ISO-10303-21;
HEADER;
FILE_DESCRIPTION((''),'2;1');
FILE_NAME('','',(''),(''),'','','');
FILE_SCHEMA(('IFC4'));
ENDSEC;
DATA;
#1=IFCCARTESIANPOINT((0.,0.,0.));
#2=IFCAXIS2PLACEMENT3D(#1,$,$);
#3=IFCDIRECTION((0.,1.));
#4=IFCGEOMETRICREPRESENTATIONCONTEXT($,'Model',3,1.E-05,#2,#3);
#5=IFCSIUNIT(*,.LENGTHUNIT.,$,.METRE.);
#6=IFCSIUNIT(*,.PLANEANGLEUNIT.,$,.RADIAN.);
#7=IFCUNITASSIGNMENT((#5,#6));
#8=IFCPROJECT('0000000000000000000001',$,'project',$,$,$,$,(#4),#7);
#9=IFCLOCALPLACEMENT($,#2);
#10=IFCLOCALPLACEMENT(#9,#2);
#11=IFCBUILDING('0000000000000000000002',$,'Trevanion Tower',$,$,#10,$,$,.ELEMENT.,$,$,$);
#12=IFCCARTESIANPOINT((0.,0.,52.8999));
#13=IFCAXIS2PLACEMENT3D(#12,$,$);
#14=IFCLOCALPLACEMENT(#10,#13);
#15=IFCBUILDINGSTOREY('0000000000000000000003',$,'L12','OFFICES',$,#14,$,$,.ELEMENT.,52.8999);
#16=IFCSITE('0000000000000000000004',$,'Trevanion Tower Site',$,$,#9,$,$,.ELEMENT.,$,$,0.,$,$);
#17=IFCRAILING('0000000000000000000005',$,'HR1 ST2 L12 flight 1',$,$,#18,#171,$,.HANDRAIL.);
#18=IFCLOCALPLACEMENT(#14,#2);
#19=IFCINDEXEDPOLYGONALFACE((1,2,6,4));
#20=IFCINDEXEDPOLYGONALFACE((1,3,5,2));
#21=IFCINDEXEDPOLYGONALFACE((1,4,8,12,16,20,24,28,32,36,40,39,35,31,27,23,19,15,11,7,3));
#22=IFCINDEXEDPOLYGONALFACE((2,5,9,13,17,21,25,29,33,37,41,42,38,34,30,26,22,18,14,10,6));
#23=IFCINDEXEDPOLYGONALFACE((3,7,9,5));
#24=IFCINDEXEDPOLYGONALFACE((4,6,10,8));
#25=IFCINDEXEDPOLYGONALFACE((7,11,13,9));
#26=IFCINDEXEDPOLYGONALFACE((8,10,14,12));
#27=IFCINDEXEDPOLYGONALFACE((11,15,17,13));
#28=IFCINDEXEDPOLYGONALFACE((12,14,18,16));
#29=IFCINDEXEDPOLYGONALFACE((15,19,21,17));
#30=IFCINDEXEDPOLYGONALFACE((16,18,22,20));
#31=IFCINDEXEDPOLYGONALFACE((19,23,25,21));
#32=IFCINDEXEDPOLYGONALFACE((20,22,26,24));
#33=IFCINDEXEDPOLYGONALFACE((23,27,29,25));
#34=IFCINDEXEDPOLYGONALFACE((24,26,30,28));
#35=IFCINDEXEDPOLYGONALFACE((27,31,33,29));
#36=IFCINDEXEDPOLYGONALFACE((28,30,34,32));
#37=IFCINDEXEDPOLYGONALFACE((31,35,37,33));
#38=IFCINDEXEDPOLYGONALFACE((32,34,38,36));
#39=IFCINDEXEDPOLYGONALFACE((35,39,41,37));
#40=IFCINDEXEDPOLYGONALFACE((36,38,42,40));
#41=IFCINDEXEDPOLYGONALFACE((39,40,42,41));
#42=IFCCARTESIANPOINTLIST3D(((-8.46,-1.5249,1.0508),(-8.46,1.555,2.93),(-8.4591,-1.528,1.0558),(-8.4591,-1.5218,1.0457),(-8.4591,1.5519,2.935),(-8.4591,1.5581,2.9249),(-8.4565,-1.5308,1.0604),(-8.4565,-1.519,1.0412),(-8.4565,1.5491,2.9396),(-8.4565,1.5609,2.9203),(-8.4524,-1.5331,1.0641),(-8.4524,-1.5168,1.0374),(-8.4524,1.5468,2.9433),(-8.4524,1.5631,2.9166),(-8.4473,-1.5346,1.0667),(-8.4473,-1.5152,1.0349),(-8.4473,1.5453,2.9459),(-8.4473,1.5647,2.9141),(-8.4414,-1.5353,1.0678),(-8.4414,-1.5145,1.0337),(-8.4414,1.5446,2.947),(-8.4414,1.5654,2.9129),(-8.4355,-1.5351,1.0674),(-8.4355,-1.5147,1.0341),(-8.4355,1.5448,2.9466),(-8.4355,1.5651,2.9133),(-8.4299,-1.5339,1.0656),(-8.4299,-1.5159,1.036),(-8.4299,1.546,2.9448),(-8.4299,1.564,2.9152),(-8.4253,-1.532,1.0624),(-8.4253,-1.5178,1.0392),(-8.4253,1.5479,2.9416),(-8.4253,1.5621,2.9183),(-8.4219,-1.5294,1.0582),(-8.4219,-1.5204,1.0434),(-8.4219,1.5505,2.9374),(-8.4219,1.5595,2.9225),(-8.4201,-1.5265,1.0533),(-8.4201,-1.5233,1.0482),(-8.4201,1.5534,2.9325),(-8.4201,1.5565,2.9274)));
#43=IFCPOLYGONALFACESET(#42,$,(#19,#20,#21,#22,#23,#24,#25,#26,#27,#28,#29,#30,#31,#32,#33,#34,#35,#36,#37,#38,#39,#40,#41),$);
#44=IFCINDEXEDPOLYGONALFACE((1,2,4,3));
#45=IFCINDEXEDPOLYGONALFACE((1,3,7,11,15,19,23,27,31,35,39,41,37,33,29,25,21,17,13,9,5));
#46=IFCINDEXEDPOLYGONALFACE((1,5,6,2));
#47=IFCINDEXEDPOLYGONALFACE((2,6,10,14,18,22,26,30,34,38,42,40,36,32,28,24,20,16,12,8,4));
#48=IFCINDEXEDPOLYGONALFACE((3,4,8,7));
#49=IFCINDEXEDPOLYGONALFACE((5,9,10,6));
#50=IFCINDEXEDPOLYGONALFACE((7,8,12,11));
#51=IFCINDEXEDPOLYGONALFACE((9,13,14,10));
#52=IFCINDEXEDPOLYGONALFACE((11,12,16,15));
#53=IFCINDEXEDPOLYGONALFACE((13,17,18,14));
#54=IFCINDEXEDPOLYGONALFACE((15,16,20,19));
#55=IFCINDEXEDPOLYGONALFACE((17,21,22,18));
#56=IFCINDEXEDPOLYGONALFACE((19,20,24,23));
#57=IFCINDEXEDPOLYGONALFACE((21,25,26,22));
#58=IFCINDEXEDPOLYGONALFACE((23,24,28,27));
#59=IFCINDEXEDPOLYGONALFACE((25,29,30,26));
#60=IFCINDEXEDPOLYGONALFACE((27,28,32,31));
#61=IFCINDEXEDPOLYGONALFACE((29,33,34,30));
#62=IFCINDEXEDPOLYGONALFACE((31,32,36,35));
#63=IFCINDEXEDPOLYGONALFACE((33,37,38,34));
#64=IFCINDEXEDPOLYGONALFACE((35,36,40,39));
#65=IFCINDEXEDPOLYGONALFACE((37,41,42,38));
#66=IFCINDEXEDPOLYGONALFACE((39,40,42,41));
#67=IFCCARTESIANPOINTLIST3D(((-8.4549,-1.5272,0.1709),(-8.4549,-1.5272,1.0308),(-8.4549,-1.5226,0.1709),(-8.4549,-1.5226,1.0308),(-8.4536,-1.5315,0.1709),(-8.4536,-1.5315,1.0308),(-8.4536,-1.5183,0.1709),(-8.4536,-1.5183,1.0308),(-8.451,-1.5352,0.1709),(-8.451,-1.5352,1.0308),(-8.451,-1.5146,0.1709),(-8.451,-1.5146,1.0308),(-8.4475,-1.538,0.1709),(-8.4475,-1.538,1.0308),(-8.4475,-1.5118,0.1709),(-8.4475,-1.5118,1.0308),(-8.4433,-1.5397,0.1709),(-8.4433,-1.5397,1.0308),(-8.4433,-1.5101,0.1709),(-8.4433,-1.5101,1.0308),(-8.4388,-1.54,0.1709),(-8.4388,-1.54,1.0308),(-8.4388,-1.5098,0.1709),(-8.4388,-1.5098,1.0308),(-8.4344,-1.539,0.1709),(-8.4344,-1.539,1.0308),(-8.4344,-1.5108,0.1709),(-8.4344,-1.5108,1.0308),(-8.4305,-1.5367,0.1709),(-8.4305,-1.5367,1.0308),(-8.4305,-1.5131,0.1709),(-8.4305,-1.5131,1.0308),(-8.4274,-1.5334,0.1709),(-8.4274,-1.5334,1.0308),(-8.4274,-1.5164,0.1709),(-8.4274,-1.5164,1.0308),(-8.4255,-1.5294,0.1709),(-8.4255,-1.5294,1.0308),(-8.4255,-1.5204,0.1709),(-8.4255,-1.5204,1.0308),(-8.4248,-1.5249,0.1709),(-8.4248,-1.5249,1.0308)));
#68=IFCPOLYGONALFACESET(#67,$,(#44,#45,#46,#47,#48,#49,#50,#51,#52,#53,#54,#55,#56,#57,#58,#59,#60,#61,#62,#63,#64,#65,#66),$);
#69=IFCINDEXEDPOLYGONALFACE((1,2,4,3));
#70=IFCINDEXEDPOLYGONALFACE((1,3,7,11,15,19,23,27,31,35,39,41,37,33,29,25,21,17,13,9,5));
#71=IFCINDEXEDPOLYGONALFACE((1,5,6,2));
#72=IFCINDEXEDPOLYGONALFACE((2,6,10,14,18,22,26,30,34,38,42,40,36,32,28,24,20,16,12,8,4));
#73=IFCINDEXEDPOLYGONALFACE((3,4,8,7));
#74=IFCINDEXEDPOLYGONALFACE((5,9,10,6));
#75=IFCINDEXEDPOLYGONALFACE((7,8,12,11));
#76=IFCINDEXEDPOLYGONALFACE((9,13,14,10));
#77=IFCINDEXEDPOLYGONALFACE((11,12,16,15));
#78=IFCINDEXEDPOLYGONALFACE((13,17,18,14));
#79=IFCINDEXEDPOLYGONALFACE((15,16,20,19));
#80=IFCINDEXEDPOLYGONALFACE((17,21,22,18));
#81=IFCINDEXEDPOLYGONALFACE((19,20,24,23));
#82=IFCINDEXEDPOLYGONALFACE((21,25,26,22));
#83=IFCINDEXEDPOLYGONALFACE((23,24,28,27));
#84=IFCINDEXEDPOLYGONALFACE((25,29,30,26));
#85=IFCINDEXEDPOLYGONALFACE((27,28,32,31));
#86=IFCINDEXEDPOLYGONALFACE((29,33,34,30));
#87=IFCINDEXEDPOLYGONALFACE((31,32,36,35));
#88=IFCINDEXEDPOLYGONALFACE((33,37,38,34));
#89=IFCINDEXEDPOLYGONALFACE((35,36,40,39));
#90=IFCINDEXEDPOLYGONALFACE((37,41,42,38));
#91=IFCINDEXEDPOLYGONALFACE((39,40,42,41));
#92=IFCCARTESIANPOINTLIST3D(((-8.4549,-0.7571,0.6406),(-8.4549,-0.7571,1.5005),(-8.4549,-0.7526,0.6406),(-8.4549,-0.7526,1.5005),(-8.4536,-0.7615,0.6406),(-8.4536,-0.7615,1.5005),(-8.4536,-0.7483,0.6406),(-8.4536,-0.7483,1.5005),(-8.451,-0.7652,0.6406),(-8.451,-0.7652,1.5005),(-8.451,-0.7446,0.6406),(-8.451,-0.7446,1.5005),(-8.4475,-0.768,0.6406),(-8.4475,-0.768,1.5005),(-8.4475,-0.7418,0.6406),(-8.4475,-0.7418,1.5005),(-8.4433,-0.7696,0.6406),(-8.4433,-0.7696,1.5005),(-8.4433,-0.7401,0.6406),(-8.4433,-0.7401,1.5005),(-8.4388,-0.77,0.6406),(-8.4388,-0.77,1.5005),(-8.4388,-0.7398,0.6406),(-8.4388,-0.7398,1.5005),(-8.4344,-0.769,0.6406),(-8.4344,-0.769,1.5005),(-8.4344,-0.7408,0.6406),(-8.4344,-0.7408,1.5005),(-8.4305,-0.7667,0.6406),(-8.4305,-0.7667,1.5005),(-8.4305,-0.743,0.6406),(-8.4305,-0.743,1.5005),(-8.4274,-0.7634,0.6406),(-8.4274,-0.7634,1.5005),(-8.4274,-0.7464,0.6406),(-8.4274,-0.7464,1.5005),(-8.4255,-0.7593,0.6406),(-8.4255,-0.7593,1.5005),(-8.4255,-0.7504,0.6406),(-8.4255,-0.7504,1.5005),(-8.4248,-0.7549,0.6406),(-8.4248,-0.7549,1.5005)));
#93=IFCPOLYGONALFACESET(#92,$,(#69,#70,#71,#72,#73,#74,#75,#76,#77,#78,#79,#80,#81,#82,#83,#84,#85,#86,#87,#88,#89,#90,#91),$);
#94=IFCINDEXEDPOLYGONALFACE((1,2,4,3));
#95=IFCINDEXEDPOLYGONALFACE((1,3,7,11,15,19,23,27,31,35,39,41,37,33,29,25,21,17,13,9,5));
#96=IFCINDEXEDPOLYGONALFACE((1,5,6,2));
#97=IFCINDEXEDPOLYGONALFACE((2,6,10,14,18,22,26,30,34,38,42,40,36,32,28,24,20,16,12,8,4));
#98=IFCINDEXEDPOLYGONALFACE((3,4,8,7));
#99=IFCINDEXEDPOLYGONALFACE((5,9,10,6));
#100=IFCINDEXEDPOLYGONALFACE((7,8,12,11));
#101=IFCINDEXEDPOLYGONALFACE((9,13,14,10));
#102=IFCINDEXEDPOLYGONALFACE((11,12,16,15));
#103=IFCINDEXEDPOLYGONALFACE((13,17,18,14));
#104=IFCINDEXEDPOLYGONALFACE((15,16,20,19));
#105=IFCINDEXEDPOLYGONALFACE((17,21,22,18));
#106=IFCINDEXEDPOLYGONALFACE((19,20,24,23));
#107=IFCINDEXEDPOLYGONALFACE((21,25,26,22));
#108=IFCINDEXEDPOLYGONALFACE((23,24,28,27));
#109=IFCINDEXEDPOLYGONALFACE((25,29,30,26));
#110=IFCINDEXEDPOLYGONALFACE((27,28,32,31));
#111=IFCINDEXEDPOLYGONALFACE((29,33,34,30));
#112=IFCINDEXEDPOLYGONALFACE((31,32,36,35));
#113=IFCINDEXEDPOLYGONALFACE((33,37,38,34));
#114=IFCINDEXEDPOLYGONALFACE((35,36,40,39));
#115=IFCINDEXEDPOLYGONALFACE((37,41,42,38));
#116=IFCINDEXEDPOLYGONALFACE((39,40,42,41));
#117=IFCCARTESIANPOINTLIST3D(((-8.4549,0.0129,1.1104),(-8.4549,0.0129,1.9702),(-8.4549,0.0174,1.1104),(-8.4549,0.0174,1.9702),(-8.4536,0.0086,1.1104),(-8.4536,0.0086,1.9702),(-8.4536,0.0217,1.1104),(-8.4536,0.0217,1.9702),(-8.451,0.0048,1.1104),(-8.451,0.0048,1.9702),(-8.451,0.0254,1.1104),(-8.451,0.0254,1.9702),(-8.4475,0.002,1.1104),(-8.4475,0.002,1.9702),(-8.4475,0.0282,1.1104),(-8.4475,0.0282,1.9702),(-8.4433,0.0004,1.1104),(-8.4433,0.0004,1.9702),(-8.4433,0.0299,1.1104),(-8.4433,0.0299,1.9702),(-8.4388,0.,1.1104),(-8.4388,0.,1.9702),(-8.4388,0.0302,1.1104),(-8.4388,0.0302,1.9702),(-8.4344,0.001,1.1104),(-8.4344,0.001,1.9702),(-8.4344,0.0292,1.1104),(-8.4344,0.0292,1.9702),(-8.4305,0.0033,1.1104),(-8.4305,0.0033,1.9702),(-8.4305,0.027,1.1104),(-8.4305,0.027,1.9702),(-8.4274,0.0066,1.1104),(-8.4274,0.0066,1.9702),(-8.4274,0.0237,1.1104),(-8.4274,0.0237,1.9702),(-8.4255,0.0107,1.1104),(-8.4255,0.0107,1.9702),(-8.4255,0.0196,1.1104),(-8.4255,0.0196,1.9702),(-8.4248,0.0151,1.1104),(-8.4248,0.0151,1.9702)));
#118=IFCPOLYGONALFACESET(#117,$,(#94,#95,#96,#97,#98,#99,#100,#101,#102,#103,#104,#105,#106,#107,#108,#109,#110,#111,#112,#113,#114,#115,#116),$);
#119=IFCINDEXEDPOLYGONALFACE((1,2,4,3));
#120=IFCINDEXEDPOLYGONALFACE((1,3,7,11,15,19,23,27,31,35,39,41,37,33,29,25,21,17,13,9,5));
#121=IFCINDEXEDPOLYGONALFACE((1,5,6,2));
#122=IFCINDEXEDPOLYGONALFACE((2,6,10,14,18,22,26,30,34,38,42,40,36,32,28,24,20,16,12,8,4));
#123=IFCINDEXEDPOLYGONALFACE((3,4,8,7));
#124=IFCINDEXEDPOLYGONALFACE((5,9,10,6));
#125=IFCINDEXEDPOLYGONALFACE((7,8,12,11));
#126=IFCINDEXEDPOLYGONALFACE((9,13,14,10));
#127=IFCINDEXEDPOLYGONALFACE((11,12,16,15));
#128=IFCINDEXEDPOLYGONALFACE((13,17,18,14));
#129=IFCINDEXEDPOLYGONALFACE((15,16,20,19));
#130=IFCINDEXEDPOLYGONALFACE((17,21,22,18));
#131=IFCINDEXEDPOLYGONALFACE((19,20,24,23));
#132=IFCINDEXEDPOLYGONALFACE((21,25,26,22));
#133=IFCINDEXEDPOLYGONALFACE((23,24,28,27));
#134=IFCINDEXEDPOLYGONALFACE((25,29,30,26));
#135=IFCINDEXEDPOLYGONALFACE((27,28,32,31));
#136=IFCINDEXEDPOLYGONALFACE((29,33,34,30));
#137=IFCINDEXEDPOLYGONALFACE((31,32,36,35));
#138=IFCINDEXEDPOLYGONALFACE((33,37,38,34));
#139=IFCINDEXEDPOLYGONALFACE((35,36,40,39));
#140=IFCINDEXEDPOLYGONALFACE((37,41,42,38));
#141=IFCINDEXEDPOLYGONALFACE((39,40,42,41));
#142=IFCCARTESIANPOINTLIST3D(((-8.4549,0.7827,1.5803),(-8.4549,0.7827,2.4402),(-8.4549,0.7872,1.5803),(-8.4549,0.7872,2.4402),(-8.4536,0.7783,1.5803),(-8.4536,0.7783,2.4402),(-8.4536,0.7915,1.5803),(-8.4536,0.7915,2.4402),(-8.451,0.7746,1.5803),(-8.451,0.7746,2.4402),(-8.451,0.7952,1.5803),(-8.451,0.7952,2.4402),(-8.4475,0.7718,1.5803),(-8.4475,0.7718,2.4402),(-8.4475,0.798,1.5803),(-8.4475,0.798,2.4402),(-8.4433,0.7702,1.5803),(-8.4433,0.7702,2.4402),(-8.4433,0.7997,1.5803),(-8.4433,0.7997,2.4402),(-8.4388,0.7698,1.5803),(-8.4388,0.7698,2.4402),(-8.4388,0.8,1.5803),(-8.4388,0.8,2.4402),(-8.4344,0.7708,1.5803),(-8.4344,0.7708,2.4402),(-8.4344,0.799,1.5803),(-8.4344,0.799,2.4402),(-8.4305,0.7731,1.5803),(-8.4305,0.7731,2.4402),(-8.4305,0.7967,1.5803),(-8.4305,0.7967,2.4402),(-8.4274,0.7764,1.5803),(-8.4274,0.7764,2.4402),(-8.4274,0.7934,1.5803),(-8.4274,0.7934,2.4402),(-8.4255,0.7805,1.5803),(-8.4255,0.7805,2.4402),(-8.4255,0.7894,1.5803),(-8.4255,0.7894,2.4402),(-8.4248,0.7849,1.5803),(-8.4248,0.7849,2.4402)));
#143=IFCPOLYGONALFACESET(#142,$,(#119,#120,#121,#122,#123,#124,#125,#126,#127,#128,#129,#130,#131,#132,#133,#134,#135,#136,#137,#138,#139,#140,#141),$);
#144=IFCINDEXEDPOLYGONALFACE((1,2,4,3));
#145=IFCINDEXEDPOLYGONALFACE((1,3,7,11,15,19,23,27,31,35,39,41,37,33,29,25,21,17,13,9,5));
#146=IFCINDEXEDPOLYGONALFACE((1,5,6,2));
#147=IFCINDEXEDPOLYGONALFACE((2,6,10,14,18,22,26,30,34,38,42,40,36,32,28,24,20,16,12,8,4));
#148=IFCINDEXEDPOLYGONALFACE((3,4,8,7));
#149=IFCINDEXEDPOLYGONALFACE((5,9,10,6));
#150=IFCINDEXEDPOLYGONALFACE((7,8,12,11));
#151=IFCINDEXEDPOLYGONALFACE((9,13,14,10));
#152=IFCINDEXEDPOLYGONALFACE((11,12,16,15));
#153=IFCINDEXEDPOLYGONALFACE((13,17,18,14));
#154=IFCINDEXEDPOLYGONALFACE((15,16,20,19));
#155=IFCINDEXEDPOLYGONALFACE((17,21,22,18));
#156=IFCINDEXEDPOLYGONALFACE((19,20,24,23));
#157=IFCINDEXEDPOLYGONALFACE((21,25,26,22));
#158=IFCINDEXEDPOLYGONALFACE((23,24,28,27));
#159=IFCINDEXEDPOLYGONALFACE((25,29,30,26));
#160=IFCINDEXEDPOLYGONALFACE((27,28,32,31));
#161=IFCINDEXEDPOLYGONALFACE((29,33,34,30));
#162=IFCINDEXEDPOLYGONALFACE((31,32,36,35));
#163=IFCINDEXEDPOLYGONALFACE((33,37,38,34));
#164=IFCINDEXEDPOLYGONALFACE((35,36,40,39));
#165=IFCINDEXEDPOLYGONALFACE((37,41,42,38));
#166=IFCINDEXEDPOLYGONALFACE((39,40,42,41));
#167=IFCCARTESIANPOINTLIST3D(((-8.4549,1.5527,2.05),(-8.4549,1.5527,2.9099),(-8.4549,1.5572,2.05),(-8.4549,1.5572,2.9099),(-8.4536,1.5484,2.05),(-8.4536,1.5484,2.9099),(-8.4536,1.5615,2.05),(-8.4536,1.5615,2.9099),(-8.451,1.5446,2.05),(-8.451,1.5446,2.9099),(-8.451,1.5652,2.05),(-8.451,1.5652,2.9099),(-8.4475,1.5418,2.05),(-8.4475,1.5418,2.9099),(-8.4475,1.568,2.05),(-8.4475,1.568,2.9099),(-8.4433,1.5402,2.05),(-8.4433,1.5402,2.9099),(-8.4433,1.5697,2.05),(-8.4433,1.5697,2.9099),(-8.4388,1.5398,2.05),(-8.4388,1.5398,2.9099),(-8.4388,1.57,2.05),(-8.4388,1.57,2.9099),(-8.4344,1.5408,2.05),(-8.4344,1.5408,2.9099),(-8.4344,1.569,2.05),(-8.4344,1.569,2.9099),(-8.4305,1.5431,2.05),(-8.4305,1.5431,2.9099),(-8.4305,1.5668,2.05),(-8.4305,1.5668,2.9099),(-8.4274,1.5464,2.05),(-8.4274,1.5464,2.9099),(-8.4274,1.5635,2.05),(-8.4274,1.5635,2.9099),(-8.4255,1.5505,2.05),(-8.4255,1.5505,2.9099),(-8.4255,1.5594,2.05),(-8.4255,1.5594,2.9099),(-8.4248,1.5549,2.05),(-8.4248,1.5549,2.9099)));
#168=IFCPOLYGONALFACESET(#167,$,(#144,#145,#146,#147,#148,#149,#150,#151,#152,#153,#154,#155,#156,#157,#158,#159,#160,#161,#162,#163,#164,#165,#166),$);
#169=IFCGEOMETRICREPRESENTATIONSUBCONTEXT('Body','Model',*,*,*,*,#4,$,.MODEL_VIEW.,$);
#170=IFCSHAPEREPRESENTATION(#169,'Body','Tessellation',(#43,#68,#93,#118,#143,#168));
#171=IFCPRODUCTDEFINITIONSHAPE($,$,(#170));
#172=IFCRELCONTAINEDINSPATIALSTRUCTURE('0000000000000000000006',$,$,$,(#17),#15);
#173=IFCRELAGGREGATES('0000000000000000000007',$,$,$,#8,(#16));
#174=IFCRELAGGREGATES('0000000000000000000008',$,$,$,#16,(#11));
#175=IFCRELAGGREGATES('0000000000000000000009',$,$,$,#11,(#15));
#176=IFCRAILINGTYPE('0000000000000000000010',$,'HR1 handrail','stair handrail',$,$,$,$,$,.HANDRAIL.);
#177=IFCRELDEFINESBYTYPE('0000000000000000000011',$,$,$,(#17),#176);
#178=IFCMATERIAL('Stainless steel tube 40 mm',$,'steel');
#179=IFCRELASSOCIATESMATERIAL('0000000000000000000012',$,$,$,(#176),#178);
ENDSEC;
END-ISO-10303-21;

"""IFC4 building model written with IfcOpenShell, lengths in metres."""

from ifc_helpers import new_model, si_unit, direction, frame, origin, origin_2d, place, context, subcontext, project, spatial, circle, extrude, material, type_object, element, save


model = new_model("IFC4")

# Units and contexts
model_context = context("Model", 3, precision=1e-05, world=origin(), true_north=direction((0.0, 1.0)))
body_context = subcontext(model_context, "Body", "Model", "MODEL_VIEW")
ifc_project = project(units=[si_unit("LENGTHUNIT", "METRE"), si_unit("PLANEANGLEUNIT", "RADIAN")], contexts=[model_context])

# Site, building, storey
site_placement = place(None, origin())
site = spatial("IfcSite", under=ifc_project, at=site_placement, Name="Trevanion Tower Site", CompositionType="ELEMENT", RefElevation=0.0)
building_placement = place(site_placement, origin())
building = spatial("IfcBuilding", under=site, at=building_placement, Name="Trevanion Tower", CompositionType="ELEMENT")
storey_placement = place(building_placement, frame((0.0, 0.0, 52.8999)))
storey = spatial("IfcBuildingStorey", under=building, at=storey_placement, Name="L12", Description="OFFICES", CompositionType="ELEMENT", Elevation=52.8999)

# Railing
ifc_material_1 = material(Name="Stainless steel tube 40 mm", Category="steel")
railing_type = type_object("IfcRailingType", Name="HR1 handrail", Description="stair handrail", PredefinedType="HANDRAIL", material=ifc_material_1)
for number, where, name in (
    (1, (-8.4399, -1.5249, 0.1709), "HR1 ST2 L12 flight 1"),
):
    element("IfcRailing", number, at=place(storey_placement, frame(where)), inside=storey, type_object=railing_type, Name=name, PredefinedType="HANDRAIL", context=body_context, shape_type="SweptSolid", body=[
        extrude(circle(Radius=0.02, at=origin_2d()), frame((0.0, 0.0, 0.8799), z_axis=(0.0, 0.853648, 0.52085), x_axis=(-1.0, 0.0, 0.0)), (0.0, 0.0, 1.0), 3.6079),
        extrude(circle(Radius=0.0151, at=origin_2d()), origin(), (0.0, 0.0, 1.0), 0.8599),
        extrude(circle(Radius=0.0151, at=origin_2d()), frame((0.0, 0.77, 0.4697)), (0.0, 0.0, 1.0), 0.8599),
        extrude(circle(Radius=0.0151, at=origin_2d()), frame((0.0, 1.54, 0.9395)), (0.0, 0.0, 1.0), 0.8599),
        extrude(circle(Radius=0.0151, at=origin_2d()), frame((0.0, 2.3098, 1.4094)), (0.0, 0.0, 1.0), 0.8599),
        extrude(circle(Radius=0.0151, at=origin_2d()), frame((0.0, 3.0798, 1.8792)), (0.0, 0.0, 1.0), 0.8599),
    ])

save(model, "model.ifc")
